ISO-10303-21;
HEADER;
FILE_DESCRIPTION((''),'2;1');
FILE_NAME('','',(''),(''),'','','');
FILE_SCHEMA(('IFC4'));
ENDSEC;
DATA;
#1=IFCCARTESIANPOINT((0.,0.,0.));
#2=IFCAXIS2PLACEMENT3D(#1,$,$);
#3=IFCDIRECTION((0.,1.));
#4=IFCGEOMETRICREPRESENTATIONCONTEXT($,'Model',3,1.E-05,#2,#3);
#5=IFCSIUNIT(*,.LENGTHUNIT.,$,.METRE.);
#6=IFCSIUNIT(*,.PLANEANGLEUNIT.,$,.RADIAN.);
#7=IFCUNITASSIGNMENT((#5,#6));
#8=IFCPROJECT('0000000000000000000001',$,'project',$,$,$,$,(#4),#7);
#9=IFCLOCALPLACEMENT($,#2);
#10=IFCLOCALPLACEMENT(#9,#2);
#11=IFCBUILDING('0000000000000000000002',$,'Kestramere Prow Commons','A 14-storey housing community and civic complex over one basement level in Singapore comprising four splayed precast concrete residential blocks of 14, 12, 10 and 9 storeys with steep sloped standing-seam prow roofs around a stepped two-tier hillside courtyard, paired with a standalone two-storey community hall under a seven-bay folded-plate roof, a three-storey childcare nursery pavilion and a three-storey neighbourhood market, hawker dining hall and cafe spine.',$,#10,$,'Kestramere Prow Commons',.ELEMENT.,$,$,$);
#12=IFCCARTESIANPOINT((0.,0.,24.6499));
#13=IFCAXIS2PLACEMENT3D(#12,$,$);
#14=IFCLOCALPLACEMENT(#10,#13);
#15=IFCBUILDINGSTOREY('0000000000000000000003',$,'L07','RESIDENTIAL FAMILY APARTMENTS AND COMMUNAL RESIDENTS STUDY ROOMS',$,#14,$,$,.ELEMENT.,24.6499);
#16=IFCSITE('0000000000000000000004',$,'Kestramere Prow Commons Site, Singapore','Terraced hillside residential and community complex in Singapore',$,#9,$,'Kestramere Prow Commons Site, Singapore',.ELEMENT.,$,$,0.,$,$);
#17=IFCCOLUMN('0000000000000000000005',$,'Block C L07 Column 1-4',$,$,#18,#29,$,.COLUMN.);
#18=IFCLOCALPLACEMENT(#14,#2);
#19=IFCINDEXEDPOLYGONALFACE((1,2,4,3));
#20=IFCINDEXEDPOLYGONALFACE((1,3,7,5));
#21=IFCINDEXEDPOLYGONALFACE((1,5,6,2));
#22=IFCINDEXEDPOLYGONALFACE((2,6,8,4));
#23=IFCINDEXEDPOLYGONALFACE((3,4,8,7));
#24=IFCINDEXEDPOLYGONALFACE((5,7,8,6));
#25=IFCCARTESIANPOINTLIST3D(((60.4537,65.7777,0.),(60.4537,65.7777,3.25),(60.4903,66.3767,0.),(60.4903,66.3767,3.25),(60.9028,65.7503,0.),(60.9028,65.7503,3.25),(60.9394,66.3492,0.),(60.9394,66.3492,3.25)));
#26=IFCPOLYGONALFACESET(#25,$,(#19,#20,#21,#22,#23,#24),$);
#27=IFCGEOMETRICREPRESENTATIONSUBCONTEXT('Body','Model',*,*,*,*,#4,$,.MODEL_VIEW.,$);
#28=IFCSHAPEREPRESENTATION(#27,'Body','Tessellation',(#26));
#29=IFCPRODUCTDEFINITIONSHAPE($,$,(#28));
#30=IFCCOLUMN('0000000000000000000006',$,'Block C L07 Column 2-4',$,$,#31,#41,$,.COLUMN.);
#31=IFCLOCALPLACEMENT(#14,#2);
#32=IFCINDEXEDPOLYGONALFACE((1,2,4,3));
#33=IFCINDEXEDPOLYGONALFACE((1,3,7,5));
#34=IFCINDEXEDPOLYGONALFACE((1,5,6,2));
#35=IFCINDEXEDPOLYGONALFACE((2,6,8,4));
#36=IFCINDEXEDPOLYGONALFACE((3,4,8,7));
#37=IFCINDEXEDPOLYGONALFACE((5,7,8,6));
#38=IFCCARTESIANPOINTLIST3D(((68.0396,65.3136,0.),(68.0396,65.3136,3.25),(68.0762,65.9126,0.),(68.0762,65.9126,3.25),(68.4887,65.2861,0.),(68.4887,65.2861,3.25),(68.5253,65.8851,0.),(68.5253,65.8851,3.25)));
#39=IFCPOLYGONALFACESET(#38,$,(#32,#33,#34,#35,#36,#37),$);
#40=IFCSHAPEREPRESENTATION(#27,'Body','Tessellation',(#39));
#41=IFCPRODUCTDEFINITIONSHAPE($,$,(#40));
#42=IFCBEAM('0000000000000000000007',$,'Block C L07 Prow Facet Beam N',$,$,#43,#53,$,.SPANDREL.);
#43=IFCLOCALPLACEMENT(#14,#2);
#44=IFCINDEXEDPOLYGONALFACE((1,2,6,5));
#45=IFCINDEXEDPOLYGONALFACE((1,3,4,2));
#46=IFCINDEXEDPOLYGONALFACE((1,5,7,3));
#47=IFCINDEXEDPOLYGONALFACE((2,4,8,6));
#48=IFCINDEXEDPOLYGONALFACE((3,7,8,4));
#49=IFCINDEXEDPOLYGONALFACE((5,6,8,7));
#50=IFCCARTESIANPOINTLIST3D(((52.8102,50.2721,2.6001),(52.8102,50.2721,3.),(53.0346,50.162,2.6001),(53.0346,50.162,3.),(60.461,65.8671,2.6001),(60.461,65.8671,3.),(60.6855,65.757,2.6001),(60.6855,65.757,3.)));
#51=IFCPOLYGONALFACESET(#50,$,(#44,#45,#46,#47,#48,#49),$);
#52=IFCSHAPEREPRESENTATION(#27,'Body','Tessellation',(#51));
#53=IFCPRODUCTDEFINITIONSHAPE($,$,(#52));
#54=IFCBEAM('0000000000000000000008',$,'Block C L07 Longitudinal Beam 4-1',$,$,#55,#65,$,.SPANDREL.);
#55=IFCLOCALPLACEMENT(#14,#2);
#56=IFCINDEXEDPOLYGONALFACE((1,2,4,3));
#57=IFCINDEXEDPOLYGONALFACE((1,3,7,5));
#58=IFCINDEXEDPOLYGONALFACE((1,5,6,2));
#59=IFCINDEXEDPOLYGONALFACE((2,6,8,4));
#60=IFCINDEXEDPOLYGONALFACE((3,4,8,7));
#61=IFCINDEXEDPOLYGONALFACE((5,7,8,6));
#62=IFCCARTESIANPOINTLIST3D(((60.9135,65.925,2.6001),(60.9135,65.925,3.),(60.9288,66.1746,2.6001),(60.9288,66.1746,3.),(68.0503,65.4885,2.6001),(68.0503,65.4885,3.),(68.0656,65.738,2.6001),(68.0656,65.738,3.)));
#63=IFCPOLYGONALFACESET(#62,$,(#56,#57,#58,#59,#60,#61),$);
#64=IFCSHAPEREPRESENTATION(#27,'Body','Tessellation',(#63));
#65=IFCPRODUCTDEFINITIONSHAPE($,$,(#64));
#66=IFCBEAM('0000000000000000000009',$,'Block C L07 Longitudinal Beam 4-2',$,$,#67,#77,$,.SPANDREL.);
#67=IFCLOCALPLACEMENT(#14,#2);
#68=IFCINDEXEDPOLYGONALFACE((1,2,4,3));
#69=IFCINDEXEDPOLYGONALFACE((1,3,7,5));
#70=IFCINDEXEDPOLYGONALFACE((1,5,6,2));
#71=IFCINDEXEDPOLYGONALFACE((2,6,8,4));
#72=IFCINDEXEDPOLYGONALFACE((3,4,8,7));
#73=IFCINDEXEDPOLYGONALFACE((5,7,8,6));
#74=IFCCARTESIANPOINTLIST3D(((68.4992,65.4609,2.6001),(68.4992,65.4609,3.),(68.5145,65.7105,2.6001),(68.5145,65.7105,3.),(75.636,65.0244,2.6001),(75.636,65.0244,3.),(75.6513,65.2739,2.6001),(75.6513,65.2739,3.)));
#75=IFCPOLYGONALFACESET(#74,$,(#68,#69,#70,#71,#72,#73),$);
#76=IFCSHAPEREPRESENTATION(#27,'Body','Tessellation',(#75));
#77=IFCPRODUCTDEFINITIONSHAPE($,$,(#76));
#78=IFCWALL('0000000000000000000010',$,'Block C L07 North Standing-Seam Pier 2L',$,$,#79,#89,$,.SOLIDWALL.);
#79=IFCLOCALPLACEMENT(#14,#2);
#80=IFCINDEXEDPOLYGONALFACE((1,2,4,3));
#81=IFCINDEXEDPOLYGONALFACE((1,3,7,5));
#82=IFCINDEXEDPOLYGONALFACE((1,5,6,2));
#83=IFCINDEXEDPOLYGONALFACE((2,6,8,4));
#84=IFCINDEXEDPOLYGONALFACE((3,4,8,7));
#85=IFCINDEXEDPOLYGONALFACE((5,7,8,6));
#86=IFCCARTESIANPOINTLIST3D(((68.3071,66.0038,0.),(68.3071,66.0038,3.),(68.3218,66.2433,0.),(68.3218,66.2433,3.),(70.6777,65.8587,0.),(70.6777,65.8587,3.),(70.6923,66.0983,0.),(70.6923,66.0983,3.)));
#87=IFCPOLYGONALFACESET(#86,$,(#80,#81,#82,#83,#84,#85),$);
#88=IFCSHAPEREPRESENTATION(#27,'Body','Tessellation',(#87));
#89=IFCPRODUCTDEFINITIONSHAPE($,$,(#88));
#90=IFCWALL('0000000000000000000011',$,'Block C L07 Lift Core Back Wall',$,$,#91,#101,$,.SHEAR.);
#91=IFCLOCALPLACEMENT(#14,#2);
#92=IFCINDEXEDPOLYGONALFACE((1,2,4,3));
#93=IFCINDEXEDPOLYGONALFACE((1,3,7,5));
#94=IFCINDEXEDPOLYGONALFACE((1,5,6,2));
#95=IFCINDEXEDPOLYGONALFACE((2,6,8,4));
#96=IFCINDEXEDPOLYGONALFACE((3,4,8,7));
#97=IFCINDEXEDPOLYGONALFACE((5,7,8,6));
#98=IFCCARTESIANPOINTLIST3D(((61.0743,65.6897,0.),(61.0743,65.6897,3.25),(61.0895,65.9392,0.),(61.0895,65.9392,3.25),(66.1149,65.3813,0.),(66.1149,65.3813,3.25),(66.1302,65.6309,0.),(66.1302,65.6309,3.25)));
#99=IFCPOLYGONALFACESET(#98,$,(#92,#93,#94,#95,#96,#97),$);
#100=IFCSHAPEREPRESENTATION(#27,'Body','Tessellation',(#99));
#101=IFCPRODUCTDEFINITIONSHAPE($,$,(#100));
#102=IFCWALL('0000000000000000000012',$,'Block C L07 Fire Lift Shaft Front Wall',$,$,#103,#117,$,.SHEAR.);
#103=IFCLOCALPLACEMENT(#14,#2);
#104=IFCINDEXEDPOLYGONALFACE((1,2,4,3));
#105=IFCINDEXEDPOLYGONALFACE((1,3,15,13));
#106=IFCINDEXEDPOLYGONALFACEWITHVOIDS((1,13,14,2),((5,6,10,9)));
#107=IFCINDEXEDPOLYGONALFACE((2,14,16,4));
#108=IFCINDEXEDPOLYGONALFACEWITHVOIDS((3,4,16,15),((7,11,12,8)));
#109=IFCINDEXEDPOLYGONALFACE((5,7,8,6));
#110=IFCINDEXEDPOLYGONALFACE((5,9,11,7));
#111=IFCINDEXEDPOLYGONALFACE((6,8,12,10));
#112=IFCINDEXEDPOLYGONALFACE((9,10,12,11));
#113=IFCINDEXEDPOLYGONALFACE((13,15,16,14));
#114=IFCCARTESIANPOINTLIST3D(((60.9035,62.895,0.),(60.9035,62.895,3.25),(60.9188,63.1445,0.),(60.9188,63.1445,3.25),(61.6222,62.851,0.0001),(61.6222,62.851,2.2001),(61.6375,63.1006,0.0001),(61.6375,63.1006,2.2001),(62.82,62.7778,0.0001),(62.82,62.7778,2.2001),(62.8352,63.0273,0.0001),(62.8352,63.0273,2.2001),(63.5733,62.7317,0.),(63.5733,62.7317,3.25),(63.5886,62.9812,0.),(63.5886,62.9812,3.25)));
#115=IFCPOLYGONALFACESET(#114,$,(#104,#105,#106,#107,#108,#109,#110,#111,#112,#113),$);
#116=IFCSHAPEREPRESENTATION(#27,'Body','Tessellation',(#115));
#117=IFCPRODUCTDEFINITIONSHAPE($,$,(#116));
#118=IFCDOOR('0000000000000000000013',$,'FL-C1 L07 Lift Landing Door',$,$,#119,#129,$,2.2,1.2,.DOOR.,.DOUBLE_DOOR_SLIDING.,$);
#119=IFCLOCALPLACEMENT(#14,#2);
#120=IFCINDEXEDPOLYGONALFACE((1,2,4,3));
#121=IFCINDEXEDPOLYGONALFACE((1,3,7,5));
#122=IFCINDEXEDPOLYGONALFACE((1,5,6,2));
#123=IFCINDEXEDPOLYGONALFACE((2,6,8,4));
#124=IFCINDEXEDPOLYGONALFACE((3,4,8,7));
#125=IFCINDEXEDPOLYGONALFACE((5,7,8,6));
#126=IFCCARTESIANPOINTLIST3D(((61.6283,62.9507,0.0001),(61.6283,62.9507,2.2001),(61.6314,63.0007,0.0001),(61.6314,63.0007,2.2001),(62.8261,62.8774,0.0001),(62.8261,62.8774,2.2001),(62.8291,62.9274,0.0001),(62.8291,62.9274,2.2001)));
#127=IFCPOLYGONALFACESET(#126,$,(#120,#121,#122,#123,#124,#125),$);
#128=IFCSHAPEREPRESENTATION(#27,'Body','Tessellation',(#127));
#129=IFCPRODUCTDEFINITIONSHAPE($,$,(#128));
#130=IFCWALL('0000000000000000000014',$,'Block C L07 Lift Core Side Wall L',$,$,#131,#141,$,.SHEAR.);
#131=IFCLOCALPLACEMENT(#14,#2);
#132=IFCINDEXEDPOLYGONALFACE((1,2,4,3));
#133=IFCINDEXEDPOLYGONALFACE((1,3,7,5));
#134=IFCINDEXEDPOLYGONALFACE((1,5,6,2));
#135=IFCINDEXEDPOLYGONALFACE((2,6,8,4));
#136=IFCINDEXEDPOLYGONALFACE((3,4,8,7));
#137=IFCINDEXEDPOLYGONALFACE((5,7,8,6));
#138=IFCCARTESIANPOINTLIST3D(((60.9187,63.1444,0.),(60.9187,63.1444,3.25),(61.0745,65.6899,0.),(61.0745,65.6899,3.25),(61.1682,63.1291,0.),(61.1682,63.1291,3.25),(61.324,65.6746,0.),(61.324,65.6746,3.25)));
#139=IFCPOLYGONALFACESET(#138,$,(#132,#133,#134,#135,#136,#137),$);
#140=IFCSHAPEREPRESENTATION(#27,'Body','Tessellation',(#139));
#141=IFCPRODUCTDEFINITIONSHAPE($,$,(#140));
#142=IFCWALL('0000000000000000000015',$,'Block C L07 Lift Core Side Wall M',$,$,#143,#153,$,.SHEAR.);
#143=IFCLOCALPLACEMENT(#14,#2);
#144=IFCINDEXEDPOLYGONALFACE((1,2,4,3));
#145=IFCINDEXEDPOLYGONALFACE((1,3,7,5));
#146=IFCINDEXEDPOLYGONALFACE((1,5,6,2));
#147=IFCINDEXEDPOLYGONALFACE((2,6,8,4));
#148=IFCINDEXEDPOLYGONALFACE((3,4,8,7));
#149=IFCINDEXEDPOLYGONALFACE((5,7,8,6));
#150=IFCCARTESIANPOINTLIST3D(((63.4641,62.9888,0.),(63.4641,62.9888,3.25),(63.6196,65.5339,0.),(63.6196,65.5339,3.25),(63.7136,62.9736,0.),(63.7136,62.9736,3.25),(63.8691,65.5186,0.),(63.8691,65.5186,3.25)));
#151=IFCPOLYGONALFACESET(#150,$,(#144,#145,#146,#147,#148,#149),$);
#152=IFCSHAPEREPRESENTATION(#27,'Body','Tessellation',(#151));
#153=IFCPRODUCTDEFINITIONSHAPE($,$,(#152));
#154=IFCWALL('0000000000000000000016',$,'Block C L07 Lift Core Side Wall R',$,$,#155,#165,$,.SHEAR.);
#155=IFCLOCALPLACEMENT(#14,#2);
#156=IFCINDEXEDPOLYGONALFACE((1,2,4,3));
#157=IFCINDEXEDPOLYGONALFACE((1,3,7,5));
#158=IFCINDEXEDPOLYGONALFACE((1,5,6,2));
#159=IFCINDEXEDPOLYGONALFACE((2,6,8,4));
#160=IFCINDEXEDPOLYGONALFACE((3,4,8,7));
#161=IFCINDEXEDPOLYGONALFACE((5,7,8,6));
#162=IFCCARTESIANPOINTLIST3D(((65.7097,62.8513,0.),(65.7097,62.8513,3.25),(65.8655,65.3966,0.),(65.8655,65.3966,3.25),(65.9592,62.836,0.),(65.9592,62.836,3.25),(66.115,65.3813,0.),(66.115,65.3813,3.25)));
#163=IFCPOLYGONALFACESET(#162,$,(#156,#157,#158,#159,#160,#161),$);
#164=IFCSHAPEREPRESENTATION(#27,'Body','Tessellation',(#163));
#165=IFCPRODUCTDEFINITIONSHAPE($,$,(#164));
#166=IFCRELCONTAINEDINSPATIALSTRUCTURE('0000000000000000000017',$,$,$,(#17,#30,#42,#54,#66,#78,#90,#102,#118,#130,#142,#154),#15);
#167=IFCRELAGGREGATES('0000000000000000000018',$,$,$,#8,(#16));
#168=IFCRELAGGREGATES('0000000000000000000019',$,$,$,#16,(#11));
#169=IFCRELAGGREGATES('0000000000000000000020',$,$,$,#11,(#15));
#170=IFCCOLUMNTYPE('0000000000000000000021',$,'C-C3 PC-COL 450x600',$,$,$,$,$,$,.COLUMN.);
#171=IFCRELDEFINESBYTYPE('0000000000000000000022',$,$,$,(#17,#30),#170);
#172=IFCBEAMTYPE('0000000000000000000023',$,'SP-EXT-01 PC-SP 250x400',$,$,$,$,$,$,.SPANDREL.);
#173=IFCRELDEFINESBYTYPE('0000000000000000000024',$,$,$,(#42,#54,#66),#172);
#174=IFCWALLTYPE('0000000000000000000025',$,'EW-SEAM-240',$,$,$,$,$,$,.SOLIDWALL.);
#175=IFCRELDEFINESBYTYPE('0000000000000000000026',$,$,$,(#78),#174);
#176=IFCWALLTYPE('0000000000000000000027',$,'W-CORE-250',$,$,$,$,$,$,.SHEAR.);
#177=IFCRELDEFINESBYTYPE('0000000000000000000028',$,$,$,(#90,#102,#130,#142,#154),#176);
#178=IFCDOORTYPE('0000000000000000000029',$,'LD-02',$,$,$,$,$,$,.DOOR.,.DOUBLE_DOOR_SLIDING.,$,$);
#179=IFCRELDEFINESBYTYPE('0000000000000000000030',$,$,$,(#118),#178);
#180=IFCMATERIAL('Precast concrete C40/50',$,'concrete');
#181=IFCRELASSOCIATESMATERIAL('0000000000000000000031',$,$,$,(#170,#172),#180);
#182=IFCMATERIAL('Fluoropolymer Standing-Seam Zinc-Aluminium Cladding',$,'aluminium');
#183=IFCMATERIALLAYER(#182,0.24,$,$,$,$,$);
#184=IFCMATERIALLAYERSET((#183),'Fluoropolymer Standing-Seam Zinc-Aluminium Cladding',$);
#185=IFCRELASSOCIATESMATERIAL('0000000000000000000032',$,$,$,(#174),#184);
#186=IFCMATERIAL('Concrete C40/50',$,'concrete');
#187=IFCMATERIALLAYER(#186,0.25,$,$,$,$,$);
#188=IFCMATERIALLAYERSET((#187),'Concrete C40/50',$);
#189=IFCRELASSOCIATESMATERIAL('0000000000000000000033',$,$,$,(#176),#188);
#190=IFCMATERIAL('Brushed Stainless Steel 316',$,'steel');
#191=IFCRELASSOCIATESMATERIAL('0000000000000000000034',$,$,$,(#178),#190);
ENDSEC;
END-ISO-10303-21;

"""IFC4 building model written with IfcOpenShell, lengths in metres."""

from ifc_helpers import new_model, si_unit, direction, frame, frame_2d, origin, origin_2d, place, context, subcontext, project, spatial, rectangle, extrude, material, layer, layer_set, material_profile, profile_set, type_object, element, fill, save


model = new_model("IFC4")

# Units and contexts
model_context = context("Model", 3, precision=1e-05, world=origin(), true_north=direction((0.0, 1.0)))
body_context = subcontext(model_context, "Body", "Model", "MODEL_VIEW")
ifc_project = project(units=[si_unit("LENGTHUNIT", "METRE"), si_unit("PLANEANGLEUNIT", "RADIAN")], contexts=[model_context])

# Site, building, storey
site_placement = place(None, origin())
site = spatial("IfcSite", under=ifc_project, at=site_placement, Name="Kestramere Prow Commons Site, Singapore", Description="Terraced hillside residential and community complex in Singapore", LongName="Kestramere Prow Commons Site, Singapore", CompositionType="ELEMENT", RefElevation=0.0)
building_placement = place(site_placement, origin())
building = spatial("IfcBuilding", under=site, at=building_placement, Name="Kestramere Prow Commons", Description="A 14-storey housing community and civic complex over one basement level in Singapore comprising four splayed precast concrete residential blocks of 14, 12, 10 and 9 storeys with steep sloped standing-seam prow roofs around a stepped two-tier hillside courtyard, paired with a standalone two-storey community hall under a seven-bay folded-plate roof, a three-storey childcare nursery pavilion and a three-storey neighbourhood market, hawker dining hall and cafe spine.", LongName="Kestramere Prow Commons", CompositionType="ELEMENT")
storey_placement = place(building_placement, frame((0.0, 0.0, 24.6499)))
storey = spatial("IfcBuildingStorey", under=building, at=storey_placement, Name="L07", Description="RESIDENTIAL FAMILY APARTMENTS AND COMMUNAL RESIDENTS STUDY ROOMS", CompositionType="ELEMENT", Elevation=24.6499)

# Columns
ifc_material_1 = material(Name="Precast concrete C40/50", Category="concrete")
ifc_material_profile_1 = material_profile(ifc_material_1, rectangle(XDim=0.45, YDim=0.6001, at=origin_2d()), Name="PC-COL 450x600")
ifc_profile_set_1 = profile_set([ifc_material_profile_1], Name="Precast concrete C40/50")
column_type = type_object("IfcColumnType", Name="C-C3 PC-COL 450x600", PredefinedType="COLUMN", material=ifc_profile_set_1)
for number, where, z_axis, x_axis, name in (
    (1, (60.6965, 66.0635, 0.0), (0.0, 0.0, 1.0), (0.998135, -0.061049, 0.0), "Block C L07 Column 1-4"),
    (2, (68.2825, 65.5994, 0.0), (0.0, 0.0, 1.0), (0.998135, -0.061049, 0.0), "Block C L07 Column 2-4"),
):
    element("IfcColumn", number, at=place(storey_placement, frame(where, z_axis=z_axis, x_axis=x_axis)), inside=storey, type_object=column_type, Name=name, PredefinedType="COLUMN", context=body_context, shape_type="SweptSolid", body=[
        extrude(rectangle(XDim=0.45, YDim=0.6001, at=origin_2d()), origin(), (0.0, 0.0, 1.0), 3.25),
    ])

# Beams
ifc_material_profile_2 = material_profile(ifc_material_1, rectangle(XDim=0.25, YDim=0.3999, at=origin_2d()), Name="PC-SP 250x400")
ifc_profile_set_2 = profile_set([ifc_material_profile_2], Name="Precast concrete C40/50")
beam_type = type_object("IfcBeamType", Name="SP-EXT-01 PC-SP 250x400", PredefinedType="SPANDREL", material=ifc_profile_set_2)
beam_placement = place(storey_placement, frame((60.5732, 65.812, 2.8), z_axis=(-0.440449, -0.897778, 0.0), x_axis=(0.897778, -0.440449, 0.0)))
element("IfcBeam", 3, at=beam_placement, inside=storey, type_object=beam_type, Name="Block C L07 Prow Facet Beam N", PredefinedType="SPANDREL", context=body_context, shape_type="SweptSolid", body=[
    extrude(rectangle(XDim=0.25, YDim=0.3999, at=origin_2d()), origin(), (0.0, 0.0, 1.0), 17.3706),
])
for number, where, z_axis, x_axis, name in (
    (4, (60.9211, 66.0498, 2.8), (0.998135, -0.061052, 0.0), (0.061052, 0.998135, 0.0), "Block C L07 Longitudinal Beam 4-1"),
    (5, (68.5068, 65.5857, 2.8), (0.998135, -0.061052, 0.0), (0.061052, 0.998135, 0.0), "Block C L07 Longitudinal Beam 4-2"),
):
    element("IfcBeam", number, at=place(storey_placement, frame(where, z_axis=z_axis, x_axis=x_axis)), inside=storey, type_object=beam_type, Name=name, PredefinedType="SPANDREL", context=body_context, shape_type="SweptSolid", body=[
        extrude(rectangle(XDim=0.25, YDim=0.3999, at=origin_2d()), origin(), (0.0, 0.0, 1.0), 7.1501),
    ])

# Walls
ifc_material_2 = material(Name="Fluoropolymer Standing-Seam Zinc-Aluminium Cladding", Category="aluminium")
ifc_layer_1 = layer(ifc_material_2, 0.24)
ifc_layer_set_1 = layer_set([ifc_layer_1], Name="Fluoropolymer Standing-Seam Zinc-Aluminium Cladding")
wall_type_1 = type_object("IfcWallType", Name="EW-SEAM-240", PredefinedType="SOLIDWALL", material=ifc_layer_set_1)
wall_1_placement = place(storey_placement, frame((68.3145, 66.1235, 0.0), z_axis=(0.0, 0.0, 1.0), x_axis=(0.998134, -0.06106, 0.0)))
element("IfcWall", 6, at=wall_1_placement, inside=storey, type_object=wall_type_1, Name="Block C L07 North Standing-Seam Pier 2L", PredefinedType="SOLIDWALL", context=body_context, shape_type="SweptSolid", body=[
    extrude(rectangle(XDim=2.375, YDim=0.24, at=frame_2d((1.1875, 0.0))), origin(), (0.0, 0.0, 1.0), 3.0),
])
ifc_material_3 = material(Name="Concrete C40/50", Category="concrete")
ifc_layer_2 = layer(ifc_material_3, 0.25)
ifc_layer_set_2 = layer_set([ifc_layer_2], Name="Concrete C40/50")
wall_type_2 = type_object("IfcWallType", Name="W-CORE-250", PredefinedType="SHEAR", material=ifc_layer_set_2)
wall_2_placement = place(storey_placement, frame((61.082, 65.8145, 0.0), z_axis=(0.0, 0.0, 1.0), x_axis=(0.998134, -0.06106, 0.0)))
element("IfcWall", 7, at=wall_2_placement, inside=storey, type_object=wall_type_2, Name="Block C L07 Lift Core Back Wall", PredefinedType="SHEAR", context=body_context, shape_type="SweptSolid", body=[
    extrude(rectangle(XDim=5.05, YDim=0.25, at=frame_2d((2.5249, 0.0))), origin(), (0.0, 0.0, 1.0), 3.25),
])

# Wall, opening, door
wall_3_placement = place(storey_placement, frame((60.9111, 63.0198, 0.0), z_axis=(0.0, 0.0, 1.0), x_axis=(0.998134, -0.06106, 0.0)))
wall_3 = element("IfcWall", 8, at=wall_3_placement, inside=storey, type_object=wall_type_2, Name="Block C L07 Fire Lift Shaft Front Wall", PredefinedType="SHEAR", context=body_context, shape_type="SweptSolid", body=[
    extrude(rectangle(XDim=2.6748, YDim=0.25, at=frame_2d((1.3374, 0.0))), origin(), (0.0, 0.0, 1.0), 3.25),
])
opening_1_placement = place(wall_3_placement, frame((0.72, 0.0, 0.0)))
opening_1 = element("IfcOpeningElement", 9, at=opening_1_placement, cuts=wall_3, PredefinedType="OPENING", context=body_context, shape_type="SweptSolid", body=[
    extrude(rectangle(XDim=1.2, YDim=2.2, at=frame_2d((0.6001, 1.1001))), frame((0.0, 0.1399, 0.0), z_axis=(0.0, -1.0, 0.0), x_axis=(1.0, 0.0, 0.0)), (0.0, 0.0, 1.0), 0.28),
])
ifc_material_4 = material(Name="Brushed Stainless Steel 316", Category="steel")
door_type_1 = type_object("IfcDoorType", Name="LD-02", OperationType="DOUBLE_DOOR_SLIDING", PredefinedType="DOOR", material=ifc_material_4)
door_1_placement = place(opening_1_placement, origin())
door_1 = element("IfcDoor", 10, at=door_1_placement, inside=storey, type_object=door_type_1, Name="FL-C1 L07 Lift Landing Door", OperationType="DOUBLE_DOOR_SLIDING", OverallHeight=2.2, OverallWidth=1.2, PredefinedType="DOOR", context=body_context, shape_type="SweptSolid", body=[
    extrude(rectangle(XDim=1.2, YDim=2.2, at=frame_2d((0.6001, 1.1001))), frame((0.0, 0.0249, 0.0), z_axis=(0.0, -1.0, 0.0), x_axis=(1.0, 0.0, 0.0)), (0.0, 0.0, 1.0), 0.05),
])
fill(opening_1, door_1)

# Walls
wall_4_placement = place(storey_placement, frame((61.0435, 63.1367, 0.0), z_axis=(0.0, 0.0, 1.0), x_axis=(0.061079, 0.998133, 0.0)))
element("IfcWall", 11, at=wall_4_placement, inside=storey, type_object=wall_type_2, Name="Block C L07 Lift Core Side Wall L", PredefinedType="SHEAR", context=body_context, shape_type="SweptSolid", body=[
    extrude(rectangle(XDim=2.5503, YDim=0.25, at=frame_2d((1.2751, 0.0))), origin(), (0.0, 0.0, 1.0), 3.25),
])
wall_5_placement = place(storey_placement, frame((63.5889, 62.9812, 0.0), z_axis=(0.0, 0.0, 1.0), x_axis=(0.060989, 0.998138, 0.0)))
element("IfcWall", 12, at=wall_5_placement, inside=storey, type_object=wall_type_2, Name="Block C L07 Lift Core Side Wall M", PredefinedType="SHEAR", context=body_context, shape_type="SweptSolid", body=[
    extrude(rectangle(XDim=2.5498, YDim=0.25, at=frame_2d((1.2749, 0.0))), origin(), (0.0, 0.0, 1.0), 3.25),
])
wall_6_placement = place(storey_placement, frame((65.8345, 62.8438, 0.0), z_axis=(0.0, 0.0, 1.0), x_axis=(0.061085, 0.998133, 0.0)))
element("IfcWall", 13, at=wall_6_placement, inside=storey, type_object=wall_type_2, Name="Block C L07 Lift Core Side Wall R", PredefinedType="SHEAR", context=body_context, shape_type="SweptSolid", body=[
    extrude(rectangle(XDim=2.55, YDim=0.25, at=frame_2d((1.2749, 0.0))), origin(), (0.0, 0.0, 1.0), 3.25),
])

save(model, "model.ifc")
